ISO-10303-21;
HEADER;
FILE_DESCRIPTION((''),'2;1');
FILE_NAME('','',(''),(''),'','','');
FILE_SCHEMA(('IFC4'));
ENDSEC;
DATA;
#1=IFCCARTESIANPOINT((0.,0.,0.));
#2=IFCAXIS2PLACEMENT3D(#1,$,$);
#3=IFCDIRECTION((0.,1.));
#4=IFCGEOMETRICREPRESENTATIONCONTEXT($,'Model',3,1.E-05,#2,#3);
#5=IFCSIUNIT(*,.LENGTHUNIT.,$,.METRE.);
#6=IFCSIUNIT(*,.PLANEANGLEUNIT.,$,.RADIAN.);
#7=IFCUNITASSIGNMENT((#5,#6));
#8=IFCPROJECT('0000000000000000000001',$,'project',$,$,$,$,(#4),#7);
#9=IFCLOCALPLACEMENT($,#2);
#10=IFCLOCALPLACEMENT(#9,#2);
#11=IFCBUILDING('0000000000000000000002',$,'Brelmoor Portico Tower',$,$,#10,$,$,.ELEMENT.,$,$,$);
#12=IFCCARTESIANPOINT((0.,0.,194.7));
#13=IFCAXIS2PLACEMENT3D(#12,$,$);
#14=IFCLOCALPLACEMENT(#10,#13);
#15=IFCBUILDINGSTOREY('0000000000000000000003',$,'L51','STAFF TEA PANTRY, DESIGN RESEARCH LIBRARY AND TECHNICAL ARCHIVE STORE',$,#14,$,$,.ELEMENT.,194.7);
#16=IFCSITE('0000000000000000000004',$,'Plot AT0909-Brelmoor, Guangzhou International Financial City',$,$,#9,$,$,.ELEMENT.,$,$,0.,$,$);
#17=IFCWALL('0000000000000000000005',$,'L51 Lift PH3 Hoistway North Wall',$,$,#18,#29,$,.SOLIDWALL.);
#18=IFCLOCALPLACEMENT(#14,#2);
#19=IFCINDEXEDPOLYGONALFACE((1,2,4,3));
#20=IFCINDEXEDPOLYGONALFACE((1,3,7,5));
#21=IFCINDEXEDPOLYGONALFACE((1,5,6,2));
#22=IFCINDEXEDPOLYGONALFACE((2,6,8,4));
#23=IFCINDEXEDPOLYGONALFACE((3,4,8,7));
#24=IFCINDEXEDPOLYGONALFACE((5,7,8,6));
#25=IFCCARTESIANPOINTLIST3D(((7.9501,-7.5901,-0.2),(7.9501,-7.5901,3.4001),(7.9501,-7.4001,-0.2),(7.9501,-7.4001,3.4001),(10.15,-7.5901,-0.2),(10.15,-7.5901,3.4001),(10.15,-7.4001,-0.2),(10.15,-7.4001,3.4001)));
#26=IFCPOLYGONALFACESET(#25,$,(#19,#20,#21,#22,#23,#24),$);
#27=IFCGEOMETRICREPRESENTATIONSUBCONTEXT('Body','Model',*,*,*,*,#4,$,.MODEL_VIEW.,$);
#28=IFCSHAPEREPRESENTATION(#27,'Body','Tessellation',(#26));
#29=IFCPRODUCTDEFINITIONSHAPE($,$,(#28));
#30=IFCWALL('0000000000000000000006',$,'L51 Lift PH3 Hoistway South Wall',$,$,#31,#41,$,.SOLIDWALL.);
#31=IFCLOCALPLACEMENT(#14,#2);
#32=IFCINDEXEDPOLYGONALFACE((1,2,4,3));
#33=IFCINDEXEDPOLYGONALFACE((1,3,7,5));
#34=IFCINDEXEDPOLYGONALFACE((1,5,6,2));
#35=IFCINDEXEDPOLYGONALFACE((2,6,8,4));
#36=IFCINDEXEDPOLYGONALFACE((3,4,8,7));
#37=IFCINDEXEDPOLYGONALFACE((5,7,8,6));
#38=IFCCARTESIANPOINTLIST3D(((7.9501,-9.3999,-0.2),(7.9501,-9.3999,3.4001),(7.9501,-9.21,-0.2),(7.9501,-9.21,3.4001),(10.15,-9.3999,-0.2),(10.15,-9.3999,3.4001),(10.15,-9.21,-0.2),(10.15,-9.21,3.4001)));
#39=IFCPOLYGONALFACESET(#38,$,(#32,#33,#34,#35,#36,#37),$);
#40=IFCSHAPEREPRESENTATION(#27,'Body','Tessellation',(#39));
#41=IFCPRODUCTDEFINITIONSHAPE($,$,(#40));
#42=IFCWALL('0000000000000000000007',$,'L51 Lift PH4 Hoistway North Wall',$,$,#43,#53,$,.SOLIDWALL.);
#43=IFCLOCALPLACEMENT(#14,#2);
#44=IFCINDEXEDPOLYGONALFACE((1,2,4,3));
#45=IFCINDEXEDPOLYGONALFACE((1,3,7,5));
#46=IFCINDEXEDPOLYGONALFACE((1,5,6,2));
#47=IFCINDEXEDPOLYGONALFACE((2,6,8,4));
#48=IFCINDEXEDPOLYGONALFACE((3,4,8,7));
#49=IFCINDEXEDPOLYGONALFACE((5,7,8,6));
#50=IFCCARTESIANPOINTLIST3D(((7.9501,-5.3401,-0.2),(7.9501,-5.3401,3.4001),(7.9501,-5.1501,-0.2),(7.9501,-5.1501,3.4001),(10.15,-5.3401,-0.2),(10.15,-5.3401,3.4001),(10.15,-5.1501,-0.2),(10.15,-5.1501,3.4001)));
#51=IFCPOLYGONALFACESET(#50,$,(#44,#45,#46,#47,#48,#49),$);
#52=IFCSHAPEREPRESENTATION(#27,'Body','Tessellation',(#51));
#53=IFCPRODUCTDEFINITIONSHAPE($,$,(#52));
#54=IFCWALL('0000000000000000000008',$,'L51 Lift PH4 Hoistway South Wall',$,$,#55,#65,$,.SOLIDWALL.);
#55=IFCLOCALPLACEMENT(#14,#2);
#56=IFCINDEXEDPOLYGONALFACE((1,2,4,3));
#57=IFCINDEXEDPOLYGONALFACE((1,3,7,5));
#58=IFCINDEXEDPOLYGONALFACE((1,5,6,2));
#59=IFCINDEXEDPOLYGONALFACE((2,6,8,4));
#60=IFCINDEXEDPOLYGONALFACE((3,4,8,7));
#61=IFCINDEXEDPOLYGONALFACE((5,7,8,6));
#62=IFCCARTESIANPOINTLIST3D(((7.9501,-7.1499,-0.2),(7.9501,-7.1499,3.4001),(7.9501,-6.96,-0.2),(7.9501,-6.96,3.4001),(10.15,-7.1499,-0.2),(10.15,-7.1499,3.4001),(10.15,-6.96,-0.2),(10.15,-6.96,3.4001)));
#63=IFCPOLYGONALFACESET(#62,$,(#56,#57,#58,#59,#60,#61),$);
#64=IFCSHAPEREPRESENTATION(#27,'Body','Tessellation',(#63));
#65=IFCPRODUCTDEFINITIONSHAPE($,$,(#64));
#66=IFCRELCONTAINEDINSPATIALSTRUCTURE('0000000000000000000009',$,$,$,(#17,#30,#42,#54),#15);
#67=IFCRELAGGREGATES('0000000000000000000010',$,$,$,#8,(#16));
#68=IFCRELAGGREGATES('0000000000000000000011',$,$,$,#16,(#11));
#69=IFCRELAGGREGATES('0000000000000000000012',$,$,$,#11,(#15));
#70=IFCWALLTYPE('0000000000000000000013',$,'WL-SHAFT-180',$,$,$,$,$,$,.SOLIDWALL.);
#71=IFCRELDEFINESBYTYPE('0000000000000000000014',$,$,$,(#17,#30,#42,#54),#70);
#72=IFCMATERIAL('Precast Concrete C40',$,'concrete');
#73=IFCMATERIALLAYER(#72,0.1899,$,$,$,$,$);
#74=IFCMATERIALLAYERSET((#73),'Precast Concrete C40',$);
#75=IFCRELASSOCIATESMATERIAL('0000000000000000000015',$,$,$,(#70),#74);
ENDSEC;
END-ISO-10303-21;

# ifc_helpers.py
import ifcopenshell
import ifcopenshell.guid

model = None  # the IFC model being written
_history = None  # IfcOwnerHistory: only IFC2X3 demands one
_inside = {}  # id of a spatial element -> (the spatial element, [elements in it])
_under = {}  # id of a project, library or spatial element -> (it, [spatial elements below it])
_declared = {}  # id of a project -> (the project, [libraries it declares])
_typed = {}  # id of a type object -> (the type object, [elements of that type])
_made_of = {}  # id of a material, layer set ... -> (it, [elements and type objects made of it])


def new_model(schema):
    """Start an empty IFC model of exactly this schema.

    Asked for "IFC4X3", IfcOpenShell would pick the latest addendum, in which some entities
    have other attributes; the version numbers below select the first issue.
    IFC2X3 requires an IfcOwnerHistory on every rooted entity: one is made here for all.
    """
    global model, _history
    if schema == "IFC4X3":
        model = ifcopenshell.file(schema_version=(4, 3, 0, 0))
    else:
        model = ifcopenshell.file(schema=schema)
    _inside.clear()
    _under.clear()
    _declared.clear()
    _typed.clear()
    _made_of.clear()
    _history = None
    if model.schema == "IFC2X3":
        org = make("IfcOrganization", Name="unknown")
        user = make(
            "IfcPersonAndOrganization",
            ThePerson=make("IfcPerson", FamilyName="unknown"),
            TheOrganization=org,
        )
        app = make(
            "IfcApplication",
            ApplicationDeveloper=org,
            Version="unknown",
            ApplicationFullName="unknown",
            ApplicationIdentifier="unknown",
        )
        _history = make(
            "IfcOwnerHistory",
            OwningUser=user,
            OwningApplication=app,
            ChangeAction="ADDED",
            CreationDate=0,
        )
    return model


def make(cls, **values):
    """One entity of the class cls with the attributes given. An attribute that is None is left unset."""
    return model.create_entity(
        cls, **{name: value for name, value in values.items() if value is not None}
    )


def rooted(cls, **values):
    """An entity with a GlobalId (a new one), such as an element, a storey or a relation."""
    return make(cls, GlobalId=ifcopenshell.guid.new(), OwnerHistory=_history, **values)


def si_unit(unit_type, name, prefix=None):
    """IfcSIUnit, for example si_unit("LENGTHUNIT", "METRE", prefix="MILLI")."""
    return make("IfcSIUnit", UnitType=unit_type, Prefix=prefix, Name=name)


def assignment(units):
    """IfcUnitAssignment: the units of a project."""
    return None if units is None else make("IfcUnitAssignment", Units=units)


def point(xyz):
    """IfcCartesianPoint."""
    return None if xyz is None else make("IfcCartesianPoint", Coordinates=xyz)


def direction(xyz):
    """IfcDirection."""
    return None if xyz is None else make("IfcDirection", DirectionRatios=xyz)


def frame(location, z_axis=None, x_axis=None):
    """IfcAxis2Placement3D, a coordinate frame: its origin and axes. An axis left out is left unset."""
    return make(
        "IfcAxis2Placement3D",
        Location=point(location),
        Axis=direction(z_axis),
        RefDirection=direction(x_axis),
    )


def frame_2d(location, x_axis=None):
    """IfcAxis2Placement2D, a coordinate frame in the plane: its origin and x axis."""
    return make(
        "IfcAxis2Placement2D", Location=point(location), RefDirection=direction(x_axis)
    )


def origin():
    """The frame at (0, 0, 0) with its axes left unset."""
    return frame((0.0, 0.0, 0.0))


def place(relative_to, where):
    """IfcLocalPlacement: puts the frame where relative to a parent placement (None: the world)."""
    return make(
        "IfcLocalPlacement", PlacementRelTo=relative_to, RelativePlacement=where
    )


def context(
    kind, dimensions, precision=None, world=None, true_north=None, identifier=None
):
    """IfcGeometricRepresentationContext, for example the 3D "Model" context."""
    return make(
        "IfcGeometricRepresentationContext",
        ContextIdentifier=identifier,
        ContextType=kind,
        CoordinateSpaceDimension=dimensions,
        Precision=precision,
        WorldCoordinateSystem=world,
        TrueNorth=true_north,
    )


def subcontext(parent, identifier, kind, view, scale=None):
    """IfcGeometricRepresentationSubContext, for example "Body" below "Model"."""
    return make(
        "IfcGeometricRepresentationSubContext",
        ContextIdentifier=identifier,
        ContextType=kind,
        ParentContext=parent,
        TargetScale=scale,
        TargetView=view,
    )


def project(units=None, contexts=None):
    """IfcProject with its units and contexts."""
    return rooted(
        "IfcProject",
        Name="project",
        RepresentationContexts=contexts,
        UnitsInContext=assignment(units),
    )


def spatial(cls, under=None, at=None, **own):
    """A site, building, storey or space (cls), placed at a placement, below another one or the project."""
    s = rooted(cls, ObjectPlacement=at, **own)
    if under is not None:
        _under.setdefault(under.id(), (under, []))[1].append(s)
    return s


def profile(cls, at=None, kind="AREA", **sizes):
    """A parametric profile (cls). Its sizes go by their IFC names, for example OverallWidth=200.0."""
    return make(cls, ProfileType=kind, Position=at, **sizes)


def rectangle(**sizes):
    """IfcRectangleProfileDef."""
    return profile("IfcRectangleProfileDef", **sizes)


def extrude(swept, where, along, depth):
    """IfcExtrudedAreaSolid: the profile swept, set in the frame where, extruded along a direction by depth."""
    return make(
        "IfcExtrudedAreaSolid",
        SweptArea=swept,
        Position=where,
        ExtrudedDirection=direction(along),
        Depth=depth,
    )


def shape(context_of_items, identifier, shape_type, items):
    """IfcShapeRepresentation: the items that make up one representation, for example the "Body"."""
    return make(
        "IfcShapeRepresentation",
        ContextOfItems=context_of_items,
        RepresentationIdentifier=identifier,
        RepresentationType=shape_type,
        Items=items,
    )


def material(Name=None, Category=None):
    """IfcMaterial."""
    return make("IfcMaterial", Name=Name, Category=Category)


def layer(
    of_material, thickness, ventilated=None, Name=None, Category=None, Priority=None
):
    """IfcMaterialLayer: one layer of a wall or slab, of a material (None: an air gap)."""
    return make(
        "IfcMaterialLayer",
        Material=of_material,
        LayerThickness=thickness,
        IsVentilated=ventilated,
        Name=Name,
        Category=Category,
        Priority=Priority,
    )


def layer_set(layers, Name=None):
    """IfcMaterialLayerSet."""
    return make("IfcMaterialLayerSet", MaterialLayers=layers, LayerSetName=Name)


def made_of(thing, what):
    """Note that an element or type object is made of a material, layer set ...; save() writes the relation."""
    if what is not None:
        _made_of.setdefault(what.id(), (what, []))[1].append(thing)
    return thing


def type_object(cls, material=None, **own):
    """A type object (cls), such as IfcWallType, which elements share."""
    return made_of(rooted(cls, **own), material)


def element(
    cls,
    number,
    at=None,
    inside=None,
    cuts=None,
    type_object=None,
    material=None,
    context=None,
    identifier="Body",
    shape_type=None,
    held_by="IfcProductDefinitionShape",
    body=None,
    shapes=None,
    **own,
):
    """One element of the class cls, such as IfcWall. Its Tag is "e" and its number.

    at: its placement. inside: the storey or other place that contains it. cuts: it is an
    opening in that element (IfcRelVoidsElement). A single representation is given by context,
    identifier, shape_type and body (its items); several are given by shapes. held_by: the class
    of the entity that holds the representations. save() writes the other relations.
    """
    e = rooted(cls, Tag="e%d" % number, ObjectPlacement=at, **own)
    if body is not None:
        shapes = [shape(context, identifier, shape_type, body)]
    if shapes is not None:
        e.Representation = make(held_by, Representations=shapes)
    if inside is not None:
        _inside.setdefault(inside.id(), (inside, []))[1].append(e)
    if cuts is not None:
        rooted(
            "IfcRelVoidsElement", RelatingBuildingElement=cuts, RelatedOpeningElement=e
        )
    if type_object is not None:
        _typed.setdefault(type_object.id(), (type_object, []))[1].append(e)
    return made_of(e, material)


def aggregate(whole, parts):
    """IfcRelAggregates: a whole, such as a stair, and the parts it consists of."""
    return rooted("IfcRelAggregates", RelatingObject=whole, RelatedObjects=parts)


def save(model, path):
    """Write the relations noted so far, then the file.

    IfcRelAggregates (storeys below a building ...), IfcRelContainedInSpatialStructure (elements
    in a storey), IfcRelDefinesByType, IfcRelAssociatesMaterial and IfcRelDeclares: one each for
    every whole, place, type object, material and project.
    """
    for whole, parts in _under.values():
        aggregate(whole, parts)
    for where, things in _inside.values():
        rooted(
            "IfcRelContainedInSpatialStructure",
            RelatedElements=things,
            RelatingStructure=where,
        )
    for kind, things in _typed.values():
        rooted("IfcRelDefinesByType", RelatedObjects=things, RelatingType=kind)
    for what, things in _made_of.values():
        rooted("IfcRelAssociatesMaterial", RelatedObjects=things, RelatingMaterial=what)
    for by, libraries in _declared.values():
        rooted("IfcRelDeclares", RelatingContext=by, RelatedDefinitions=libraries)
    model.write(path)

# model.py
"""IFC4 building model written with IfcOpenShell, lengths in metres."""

from ifc_helpers import new_model, si_unit, direction, frame, frame_2d, origin, place, context, subcontext, project, spatial, rectangle, extrude, material, layer, layer_set, type_object, element, save


model = new_model("IFC4")

# Units and contexts
model_context = context("Model", 3, precision=1e-05, world=origin(), true_north=direction((0.0, 1.0)))
body_context = subcontext(model_context, "Body", "Model", "MODEL_VIEW")
ifc_project = project(units=[si_unit("LENGTHUNIT", "METRE"), si_unit("PLANEANGLEUNIT", "RADIAN")], contexts=[model_context])

# Site, building, storey
site_placement = place(None, origin())
site = spatial("IfcSite", under=ifc_project, at=site_placement, Name="Plot AT0909-Brelmoor, Guangzhou International Financial City", CompositionType="ELEMENT", RefElevation=0.0)
building_placement = place(site_placement, origin())
building = spatial("IfcBuilding", under=site, at=building_placement, Name="Brelmoor Portico Tower", CompositionType="ELEMENT")
storey_placement = place(building_placement, frame((0.0, 0.0, 194.7)))
storey = spatial("IfcBuildingStorey", under=building, at=storey_placement, Name="L51", Description="STAFF TEA PANTRY, DESIGN RESEARCH LIBRARY AND TECHNICAL ARCHIVE STORE", CompositionType="ELEMENT", Elevation=194.7)

# Walls
ifc_material_1 = material(Name="Precast Concrete C40", Category="concrete")
ifc_layer_1 = layer(ifc_material_1, 0.1899)
ifc_layer_set_1 = layer_set([ifc_layer_1], Name="Precast Concrete C40")
wall_type_1 = type_object("IfcWallType", Name="WL-SHAFT-180", PredefinedType="SOLIDWALL", material=ifc_layer_set_1)
for number, where, z_axis, x_axis, name in (
    (1, (7.95, -7.4951, -0.2), (0.0, 0.0, 1.0), (1.0, 0.0, 0.0), "L51 Lift PH3 Hoistway North Wall"),
    (2, (7.95, -9.3049, -0.2), (0.0, 0.0, 1.0), (1.0, 0.0, 0.0), "L51 Lift PH3 Hoistway South Wall"),
    (3, (7.95, -5.2451, -0.2), (0.0, 0.0, 1.0), (1.0, 0.0, 0.0), "L51 Lift PH4 Hoistway North Wall"),
    (4, (7.95, -7.0549, -0.2), (0.0, 0.0, 1.0), (1.0, 0.0, 0.0), "L51 Lift PH4 Hoistway South Wall"),
):
    element("IfcWall", number, at=place(storey_placement, frame(where, z_axis=z_axis, x_axis=x_axis)), inside=storey, type_object=wall_type_1, Name=name, PredefinedType="SOLIDWALL", context=body_context, shape_type="SweptSolid", body=[
        extrude(rectangle(XDim=2.2, YDim=0.1899, at=frame_2d((1.1001, 0.0))), origin(), (0.0, 0.0, 1.0), 3.6001),
    ])

save(model, "model.ifc")
